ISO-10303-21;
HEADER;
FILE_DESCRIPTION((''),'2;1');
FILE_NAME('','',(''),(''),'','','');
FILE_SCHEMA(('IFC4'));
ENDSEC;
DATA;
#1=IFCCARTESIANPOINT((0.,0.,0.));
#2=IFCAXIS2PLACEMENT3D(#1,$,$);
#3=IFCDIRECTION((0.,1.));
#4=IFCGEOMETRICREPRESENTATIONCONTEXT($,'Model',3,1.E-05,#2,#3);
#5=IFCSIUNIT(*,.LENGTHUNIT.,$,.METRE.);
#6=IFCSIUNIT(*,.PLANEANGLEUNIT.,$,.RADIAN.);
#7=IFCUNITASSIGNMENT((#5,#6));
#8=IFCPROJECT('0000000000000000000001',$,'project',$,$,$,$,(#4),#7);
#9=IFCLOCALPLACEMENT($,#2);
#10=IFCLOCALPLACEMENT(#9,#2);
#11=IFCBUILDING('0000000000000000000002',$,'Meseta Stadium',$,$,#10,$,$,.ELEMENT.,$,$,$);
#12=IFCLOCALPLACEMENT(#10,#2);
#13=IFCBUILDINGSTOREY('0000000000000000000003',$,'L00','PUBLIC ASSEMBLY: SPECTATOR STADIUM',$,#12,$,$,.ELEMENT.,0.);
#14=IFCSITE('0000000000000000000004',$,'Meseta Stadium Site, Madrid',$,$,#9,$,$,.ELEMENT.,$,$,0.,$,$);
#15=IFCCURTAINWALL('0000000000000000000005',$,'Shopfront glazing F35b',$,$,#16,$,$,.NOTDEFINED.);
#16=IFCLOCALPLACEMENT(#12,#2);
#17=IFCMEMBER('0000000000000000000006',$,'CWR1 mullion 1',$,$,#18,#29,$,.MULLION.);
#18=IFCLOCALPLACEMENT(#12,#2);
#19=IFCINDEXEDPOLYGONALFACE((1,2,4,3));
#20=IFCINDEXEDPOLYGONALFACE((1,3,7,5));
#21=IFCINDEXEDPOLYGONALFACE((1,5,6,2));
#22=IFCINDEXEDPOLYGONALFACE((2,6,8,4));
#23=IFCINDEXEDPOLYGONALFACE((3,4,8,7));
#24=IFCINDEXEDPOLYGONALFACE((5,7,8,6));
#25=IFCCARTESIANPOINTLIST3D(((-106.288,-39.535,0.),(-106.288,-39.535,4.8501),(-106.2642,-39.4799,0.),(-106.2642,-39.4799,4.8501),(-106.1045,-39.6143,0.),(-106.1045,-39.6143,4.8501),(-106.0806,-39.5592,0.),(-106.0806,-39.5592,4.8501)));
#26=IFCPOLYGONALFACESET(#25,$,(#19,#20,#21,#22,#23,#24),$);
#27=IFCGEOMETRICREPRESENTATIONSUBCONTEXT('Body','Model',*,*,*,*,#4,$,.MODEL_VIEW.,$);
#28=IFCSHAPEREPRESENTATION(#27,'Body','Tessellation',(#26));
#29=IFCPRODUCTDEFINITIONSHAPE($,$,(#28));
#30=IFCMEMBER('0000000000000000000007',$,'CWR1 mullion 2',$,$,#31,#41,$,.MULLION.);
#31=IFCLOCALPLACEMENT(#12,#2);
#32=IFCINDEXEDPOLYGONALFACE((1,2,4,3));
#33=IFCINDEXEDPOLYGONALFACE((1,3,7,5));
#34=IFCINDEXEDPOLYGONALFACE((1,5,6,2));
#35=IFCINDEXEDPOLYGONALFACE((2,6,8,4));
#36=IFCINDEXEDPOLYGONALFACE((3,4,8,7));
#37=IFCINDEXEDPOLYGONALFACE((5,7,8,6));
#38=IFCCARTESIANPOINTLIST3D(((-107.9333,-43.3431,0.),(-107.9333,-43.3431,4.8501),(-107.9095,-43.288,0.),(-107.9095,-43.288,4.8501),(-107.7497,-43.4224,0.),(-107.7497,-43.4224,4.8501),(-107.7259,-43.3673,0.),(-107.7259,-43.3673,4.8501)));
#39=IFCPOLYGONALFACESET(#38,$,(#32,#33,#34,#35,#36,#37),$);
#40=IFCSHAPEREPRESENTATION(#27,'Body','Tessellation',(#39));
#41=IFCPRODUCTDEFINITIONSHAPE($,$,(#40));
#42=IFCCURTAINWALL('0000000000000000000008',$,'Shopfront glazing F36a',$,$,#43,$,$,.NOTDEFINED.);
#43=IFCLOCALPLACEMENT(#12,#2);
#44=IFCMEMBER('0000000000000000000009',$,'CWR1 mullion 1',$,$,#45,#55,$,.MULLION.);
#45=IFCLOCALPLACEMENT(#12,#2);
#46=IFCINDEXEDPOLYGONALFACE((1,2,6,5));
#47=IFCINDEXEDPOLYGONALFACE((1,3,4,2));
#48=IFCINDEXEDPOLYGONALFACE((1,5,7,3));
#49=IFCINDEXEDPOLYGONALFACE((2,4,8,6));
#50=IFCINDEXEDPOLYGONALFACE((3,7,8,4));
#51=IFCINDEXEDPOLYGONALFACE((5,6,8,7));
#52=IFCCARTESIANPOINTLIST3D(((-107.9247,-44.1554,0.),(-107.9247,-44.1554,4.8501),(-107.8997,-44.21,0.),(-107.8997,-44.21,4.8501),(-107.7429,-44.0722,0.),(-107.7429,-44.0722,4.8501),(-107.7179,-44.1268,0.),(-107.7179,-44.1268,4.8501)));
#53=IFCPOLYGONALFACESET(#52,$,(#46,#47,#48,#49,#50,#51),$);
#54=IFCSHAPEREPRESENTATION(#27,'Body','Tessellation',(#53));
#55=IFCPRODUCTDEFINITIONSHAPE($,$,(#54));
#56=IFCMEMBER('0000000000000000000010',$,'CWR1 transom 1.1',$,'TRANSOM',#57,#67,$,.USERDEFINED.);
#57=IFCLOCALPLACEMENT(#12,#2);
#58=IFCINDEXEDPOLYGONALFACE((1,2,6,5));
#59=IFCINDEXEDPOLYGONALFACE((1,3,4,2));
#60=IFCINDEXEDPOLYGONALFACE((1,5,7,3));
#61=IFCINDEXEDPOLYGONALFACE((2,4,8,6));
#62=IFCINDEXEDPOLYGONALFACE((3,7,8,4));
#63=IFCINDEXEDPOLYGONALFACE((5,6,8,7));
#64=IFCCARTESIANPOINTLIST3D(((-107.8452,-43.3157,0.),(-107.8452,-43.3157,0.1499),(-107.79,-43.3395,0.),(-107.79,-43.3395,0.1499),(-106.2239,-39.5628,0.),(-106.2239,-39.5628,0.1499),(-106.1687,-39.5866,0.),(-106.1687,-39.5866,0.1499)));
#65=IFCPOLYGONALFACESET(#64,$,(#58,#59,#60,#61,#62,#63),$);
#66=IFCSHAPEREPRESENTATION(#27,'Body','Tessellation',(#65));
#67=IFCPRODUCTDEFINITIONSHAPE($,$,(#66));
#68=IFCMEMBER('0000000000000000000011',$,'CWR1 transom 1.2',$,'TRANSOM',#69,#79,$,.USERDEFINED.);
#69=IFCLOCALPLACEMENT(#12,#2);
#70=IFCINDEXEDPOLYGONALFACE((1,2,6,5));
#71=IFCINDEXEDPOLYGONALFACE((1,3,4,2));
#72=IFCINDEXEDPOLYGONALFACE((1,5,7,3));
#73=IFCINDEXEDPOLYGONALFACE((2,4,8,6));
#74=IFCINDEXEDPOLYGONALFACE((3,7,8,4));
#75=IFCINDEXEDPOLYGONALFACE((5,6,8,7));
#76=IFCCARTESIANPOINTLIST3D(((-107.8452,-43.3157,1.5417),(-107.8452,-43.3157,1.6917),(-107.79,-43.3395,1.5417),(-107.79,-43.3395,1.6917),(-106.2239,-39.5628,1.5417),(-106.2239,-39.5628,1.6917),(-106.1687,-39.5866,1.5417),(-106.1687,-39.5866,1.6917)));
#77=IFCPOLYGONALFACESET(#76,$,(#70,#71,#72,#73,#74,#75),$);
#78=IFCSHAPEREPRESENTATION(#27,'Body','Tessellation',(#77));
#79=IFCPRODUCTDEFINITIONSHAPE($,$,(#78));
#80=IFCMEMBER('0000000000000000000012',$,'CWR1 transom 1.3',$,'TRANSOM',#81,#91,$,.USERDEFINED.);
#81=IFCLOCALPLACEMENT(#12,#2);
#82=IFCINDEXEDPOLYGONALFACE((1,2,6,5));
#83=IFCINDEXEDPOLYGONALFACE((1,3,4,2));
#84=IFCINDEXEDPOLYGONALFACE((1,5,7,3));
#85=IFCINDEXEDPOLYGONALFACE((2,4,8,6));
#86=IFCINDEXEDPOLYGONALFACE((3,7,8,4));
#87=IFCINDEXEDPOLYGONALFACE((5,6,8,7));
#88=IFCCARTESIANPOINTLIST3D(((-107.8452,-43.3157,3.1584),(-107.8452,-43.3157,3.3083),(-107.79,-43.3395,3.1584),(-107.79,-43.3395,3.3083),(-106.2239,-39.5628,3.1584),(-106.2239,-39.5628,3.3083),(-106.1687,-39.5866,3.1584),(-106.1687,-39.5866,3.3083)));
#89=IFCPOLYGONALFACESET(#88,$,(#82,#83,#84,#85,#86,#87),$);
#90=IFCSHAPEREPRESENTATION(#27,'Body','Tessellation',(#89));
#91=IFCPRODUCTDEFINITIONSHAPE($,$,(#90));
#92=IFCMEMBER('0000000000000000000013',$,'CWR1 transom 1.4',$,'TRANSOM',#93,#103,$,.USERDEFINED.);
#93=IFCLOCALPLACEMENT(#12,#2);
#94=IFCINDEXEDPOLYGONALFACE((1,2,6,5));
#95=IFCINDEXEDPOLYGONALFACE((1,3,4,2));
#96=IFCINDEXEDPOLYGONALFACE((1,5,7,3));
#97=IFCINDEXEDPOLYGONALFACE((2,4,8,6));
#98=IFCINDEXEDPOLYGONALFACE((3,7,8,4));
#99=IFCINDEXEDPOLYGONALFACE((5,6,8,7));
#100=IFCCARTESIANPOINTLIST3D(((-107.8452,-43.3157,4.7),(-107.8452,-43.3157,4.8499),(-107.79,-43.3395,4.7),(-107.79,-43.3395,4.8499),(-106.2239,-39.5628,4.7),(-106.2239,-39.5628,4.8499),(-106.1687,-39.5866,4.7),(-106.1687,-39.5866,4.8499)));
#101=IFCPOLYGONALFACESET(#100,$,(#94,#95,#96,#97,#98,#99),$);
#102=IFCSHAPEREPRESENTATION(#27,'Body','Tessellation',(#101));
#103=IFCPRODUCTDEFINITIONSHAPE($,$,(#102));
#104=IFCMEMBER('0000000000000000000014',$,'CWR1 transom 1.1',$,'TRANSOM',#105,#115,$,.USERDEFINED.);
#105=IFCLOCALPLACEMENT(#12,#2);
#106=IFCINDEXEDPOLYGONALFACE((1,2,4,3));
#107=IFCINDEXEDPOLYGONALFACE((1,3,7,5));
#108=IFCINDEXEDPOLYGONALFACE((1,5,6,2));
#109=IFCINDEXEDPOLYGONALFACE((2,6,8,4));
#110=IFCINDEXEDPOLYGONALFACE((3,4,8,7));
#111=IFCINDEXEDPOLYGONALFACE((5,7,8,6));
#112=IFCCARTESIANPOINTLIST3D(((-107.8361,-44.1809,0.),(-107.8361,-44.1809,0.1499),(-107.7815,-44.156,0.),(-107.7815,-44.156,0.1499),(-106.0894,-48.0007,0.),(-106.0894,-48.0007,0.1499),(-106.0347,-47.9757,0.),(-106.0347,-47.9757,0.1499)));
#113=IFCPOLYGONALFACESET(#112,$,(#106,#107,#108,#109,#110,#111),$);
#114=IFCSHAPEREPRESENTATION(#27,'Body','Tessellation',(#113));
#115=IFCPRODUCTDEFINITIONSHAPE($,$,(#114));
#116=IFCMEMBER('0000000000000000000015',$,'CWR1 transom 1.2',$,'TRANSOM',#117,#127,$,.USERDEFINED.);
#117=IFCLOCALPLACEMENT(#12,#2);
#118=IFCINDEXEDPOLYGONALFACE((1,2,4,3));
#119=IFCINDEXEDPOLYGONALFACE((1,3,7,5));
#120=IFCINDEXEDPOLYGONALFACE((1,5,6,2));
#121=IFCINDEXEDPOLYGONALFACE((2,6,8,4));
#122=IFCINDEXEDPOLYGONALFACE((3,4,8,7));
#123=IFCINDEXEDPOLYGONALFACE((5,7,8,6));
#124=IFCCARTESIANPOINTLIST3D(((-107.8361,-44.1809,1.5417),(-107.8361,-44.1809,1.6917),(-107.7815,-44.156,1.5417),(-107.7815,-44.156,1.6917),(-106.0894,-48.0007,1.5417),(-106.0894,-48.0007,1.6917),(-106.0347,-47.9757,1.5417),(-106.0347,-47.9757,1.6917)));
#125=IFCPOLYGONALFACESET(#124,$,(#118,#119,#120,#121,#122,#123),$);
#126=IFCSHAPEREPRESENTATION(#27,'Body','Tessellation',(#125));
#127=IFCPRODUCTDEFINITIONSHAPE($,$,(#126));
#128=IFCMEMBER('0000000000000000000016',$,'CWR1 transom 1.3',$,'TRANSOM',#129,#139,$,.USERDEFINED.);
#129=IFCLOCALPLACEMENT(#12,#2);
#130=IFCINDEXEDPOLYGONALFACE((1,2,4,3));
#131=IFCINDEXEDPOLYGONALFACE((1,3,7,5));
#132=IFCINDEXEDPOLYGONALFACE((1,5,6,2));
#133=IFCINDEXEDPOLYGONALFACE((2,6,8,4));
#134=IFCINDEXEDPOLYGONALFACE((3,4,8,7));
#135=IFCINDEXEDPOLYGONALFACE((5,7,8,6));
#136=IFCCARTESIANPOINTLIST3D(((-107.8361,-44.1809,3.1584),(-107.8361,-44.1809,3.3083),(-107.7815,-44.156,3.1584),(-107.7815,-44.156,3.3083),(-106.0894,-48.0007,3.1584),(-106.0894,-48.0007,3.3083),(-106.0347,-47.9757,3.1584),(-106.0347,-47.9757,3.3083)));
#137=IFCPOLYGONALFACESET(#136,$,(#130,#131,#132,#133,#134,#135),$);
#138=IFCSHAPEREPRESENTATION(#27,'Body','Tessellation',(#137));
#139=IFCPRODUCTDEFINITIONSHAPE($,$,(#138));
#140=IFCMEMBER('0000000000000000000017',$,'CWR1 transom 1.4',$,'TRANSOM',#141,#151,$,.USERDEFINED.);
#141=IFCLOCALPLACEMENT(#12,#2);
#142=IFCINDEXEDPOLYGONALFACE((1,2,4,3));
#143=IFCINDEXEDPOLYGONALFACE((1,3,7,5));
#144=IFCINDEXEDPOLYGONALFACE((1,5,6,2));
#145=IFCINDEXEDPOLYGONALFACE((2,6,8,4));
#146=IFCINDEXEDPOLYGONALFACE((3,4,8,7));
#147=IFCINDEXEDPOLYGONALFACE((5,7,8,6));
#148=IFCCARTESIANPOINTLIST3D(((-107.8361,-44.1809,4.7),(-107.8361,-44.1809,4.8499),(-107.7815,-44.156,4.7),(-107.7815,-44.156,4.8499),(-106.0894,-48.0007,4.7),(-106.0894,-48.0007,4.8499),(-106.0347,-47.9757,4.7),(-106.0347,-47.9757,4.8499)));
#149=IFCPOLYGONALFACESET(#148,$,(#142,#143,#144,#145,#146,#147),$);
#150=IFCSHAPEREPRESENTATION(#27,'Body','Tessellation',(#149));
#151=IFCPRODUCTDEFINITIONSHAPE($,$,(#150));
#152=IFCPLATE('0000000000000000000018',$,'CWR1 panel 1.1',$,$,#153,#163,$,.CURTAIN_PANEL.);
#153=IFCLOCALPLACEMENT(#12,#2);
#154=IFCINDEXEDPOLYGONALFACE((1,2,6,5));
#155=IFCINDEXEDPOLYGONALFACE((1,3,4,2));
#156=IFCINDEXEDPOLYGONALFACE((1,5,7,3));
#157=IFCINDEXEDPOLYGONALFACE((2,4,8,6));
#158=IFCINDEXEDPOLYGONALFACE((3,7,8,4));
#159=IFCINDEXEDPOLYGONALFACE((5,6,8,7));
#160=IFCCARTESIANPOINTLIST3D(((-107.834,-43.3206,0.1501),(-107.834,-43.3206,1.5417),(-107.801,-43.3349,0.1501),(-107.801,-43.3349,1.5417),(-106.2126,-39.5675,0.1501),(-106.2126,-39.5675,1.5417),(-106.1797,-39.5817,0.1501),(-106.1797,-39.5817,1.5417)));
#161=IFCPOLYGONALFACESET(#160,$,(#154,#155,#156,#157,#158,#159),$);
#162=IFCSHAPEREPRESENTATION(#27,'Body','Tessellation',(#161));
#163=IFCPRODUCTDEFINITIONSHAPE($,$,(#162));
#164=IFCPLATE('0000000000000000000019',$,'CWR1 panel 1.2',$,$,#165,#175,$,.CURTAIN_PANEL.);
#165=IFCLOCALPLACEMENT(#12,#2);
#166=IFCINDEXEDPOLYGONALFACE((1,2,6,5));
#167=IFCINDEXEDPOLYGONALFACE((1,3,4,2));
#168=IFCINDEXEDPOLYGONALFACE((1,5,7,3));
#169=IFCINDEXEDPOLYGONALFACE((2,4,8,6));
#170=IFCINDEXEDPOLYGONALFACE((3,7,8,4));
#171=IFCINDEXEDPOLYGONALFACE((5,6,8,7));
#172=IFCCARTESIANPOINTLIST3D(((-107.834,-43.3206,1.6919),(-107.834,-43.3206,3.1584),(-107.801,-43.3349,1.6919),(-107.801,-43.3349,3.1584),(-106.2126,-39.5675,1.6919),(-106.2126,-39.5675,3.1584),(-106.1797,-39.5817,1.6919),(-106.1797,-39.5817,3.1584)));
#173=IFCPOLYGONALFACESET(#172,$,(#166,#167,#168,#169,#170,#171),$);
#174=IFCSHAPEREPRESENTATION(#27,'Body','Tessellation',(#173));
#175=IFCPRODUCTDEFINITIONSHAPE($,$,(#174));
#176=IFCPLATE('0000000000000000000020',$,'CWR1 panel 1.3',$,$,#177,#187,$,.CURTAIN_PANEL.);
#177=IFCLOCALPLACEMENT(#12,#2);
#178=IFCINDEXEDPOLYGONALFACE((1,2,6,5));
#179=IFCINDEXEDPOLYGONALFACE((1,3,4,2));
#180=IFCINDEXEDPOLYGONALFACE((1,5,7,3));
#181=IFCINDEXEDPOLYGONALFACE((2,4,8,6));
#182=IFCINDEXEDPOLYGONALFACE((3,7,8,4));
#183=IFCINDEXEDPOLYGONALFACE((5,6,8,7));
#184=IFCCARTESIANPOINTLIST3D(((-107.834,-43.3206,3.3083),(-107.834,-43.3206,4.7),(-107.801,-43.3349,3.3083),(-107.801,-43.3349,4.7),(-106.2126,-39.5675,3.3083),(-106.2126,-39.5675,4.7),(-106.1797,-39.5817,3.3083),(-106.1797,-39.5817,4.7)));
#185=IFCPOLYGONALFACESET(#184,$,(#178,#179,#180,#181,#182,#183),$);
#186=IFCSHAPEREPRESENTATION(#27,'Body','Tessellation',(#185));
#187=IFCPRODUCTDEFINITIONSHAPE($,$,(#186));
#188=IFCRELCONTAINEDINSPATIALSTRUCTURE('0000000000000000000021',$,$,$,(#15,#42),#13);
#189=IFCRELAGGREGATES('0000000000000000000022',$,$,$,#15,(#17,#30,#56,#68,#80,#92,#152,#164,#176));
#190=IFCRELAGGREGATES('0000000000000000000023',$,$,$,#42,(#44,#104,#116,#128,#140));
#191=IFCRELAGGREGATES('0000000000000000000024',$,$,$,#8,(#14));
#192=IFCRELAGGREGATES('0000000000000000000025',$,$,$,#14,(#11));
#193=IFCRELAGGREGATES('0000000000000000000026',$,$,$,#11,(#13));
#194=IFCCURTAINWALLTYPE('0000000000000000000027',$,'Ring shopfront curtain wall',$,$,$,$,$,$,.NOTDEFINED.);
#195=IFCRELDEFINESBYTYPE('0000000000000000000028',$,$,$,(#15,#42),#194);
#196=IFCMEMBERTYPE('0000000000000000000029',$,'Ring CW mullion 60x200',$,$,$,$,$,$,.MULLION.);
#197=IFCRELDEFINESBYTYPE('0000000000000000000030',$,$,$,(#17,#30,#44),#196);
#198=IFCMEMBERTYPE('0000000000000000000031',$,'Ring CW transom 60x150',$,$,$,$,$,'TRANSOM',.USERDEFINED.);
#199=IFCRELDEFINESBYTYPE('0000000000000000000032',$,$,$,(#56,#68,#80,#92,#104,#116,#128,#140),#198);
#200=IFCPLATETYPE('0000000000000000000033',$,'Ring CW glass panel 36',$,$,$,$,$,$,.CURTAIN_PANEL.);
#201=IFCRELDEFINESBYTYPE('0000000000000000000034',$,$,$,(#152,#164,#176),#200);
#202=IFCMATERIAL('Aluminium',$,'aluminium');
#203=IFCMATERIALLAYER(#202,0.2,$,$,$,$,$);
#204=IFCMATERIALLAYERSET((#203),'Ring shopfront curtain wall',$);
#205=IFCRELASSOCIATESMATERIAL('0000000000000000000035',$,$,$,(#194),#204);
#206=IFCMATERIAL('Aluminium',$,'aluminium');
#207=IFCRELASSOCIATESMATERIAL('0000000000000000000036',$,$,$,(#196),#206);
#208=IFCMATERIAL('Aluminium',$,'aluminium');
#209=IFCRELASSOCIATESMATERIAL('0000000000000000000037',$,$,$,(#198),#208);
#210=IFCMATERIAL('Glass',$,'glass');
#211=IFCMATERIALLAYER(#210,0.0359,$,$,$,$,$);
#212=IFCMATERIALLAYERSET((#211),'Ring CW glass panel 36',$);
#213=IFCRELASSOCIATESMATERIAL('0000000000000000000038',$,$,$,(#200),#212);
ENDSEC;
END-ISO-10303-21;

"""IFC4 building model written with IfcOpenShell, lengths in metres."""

from ifc_helpers import new_model, si_unit, direction, frame, origin, origin_2d, place, context, subcontext, project, spatial, rectangle, extrude, material, layer, layer_set, material_profile, profile_set, type_object, element, aggregate, save


model = new_model("IFC4")

# Units and contexts
model_context = context("Model", 3, precision=1e-05, world=origin(), true_north=direction((0.0, 1.0)))
body_context = subcontext(model_context, "Body", "Model", "MODEL_VIEW")
ifc_project = project(units=[si_unit("LENGTHUNIT", "METRE"), si_unit("PLANEANGLEUNIT", "RADIAN")], contexts=[model_context])

# Site, building, storey
site_placement = place(None, origin())
site = spatial("IfcSite", under=ifc_project, at=site_placement, Name="Meseta Stadium Site, Madrid", CompositionType="ELEMENT", RefElevation=0.0)
building_placement = place(site_placement, origin())
building = spatial("IfcBuilding", under=site, at=building_placement, Name="Meseta Stadium", CompositionType="ELEMENT")
storey_placement = place(building_placement, origin())
storey = spatial("IfcBuildingStorey", under=building, at=storey_placement, Name="L00", Description="PUBLIC ASSEMBLY: SPECTATOR STADIUM", CompositionType="ELEMENT", Elevation=0.0)

# Curtain wall, members
ifc_material_1 = material(Name="Aluminium", Category="aluminium")
ifc_layer_1 = layer(ifc_material_1, 0.2)
ifc_layer_set_1 = layer_set([ifc_layer_1], Name="Ring shopfront curtain wall")
curtain_wall_type = type_object("IfcCurtainWallType", Name="Ring shopfront curtain wall", PredefinedType="NOTDEFINED", material=ifc_layer_set_1)
curtain_wall_1_placement = place(storey_placement, origin())
curtain_wall_1 = element("IfcCurtainWall", 1, at=curtain_wall_1_placement, inside=storey, type_object=curtain_wall_type, Name="Shopfront glazing F35b", PredefinedType="NOTDEFINED")
ifc_material_2 = material(Name="Aluminium", Category="aluminium")
ifc_material_profile_1 = material_profile(ifc_material_2, rectangle(XDim=0.2, YDim=0.0601, at=origin_2d()), Name="CW 200x60")
ifc_profile_set_1 = profile_set([ifc_material_profile_1], Name="Aluminium")
member_type_1 = type_object("IfcMemberType", Name="Ring CW mullion 60x200", PredefinedType="MULLION", material=ifc_profile_set_1)
member_1_placement = place(storey_placement, frame((-106.1843, -39.5471, 0.0), z_axis=(0.0, 0.0, 1.0), x_axis=(0.918002, -0.396576, 0.0)))
member_1 = element("IfcMember", 2, at=member_1_placement, type_object=member_type_1, Name="CWR1 mullion 1", PredefinedType="MULLION", context=body_context, shape_type="SweptSolid", body=[
    extrude(rectangle(XDim=0.2, YDim=0.0601, at=origin_2d()), origin(), (0.0, 0.0, 1.0), 4.8501),
])
member_2_placement = place(storey_placement, frame((-107.8296, -43.3552, 0.0), z_axis=(0.0, 0.0, 1.0), x_axis=(0.918002, -0.396576, 0.0)))
member_2 = element("IfcMember", 3, at=member_2_placement, type_object=member_type_1, Name="CWR1 mullion 2", PredefinedType="MULLION", context=body_context, shape_type="SweptSolid", body=[
    extrude(rectangle(XDim=0.2, YDim=0.0601, at=origin_2d()), origin(), (0.0, 0.0, 1.0), 4.8501),
])

# Curtain wall, member
curtain_wall_2_placement = place(storey_placement, origin())
curtain_wall_2 = element("IfcCurtainWall", 4, at=curtain_wall_2_placement, inside=storey, type_object=curtain_wall_type, Name="Shopfront glazing F36a", PredefinedType="NOTDEFINED")
member_3_placement = place(storey_placement, frame((-107.8213, -44.1411, 0.0), z_axis=(0.0, 0.0, 1.0), x_axis=(0.909427, 0.415863, 0.0)))
member_3 = element("IfcMember", 5, at=member_3_placement, type_object=member_type_1, Name="CWR1 mullion 1", PredefinedType="MULLION", context=body_context, shape_type="SweptSolid", body=[
    extrude(rectangle(XDim=0.2, YDim=0.0601, at=origin_2d()), origin(), (0.0, 0.0, 1.0), 4.8501),
])

# Members
ifc_material_3 = material(Name="Aluminium", Category="aluminium")
ifc_material_profile_2 = material_profile(ifc_material_3, rectangle(XDim=0.0601, YDim=0.1499, at=origin_2d()), Name="CW 60x150")
ifc_profile_set_2 = profile_set([ifc_material_profile_2], Name="Aluminium")
member_type_2 = type_object("IfcMemberType", Name="Ring CW transom 60x150", ElementType="TRANSOM", PredefinedType="USERDEFINED", material=ifc_profile_set_2)
member_4_placement = place(storey_placement, frame((-106.1963, -39.5747, 0.075), z_axis=(-0.396592, -0.917995, 0.0), x_axis=(0.917995, -0.396592, 0.0)))
member_4 = element("IfcMember", 6, at=member_4_placement, type_object=member_type_2, Name="CWR1 transom 1.1", ObjectType="TRANSOM", PredefinedType="USERDEFINED", context=body_context, shape_type="SweptSolid", body=[
    extrude(rectangle(XDim=0.0601, YDim=0.1499, at=origin_2d()), origin(), (0.0, 0.0, 1.0), 4.0881),
])
member_5_placement = place(storey_placement, frame((-106.1963, -39.5747, 1.6167), z_axis=(-0.396592, -0.917995, 0.0), x_axis=(0.917995, -0.396592, 0.0)))
member_5 = element("IfcMember", 7, at=member_5_placement, type_object=member_type_2, Name="CWR1 transom 1.2", ObjectType="TRANSOM", PredefinedType="USERDEFINED", context=body_context, shape_type="SweptSolid", body=[
    extrude(rectangle(XDim=0.0601, YDim=0.1499, at=origin_2d()), origin(), (0.0, 0.0, 1.0), 4.0881),
])
member_6_placement = place(storey_placement, frame((-106.1963, -39.5747, 3.2334), z_axis=(-0.396592, -0.917995, 0.0), x_axis=(0.917995, -0.396592, 0.0)))
member_6 = element("IfcMember", 8, at=member_6_placement, type_object=member_type_2, Name="CWR1 transom 1.3", ObjectType="TRANSOM", PredefinedType="USERDEFINED", context=body_context, shape_type="SweptSolid", body=[
    extrude(rectangle(XDim=0.0601, YDim=0.1499, at=origin_2d()), origin(), (0.0, 0.0, 1.0), 4.0881),
])
member_7_placement = place(storey_placement, frame((-106.1963, -39.5747, 4.7749), z_axis=(-0.396592, -0.917995, 0.0), x_axis=(0.917995, -0.396592, 0.0)))
member_7 = element("IfcMember", 9, at=member_7_placement, type_object=member_type_2, Name="CWR1 transom 1.4", ObjectType="TRANSOM", PredefinedType="USERDEFINED", context=body_context, shape_type="SweptSolid", body=[
    extrude(rectangle(XDim=0.0601, YDim=0.1499, at=origin_2d()), origin(), (0.0, 0.0, 1.0), 4.0881),
])
member_8_placement = place(storey_placement, frame((-107.8088, -44.1685, 0.075), z_axis=(0.415882, -0.909419, 0.0), x_axis=(0.909419, 0.415882, 0.0)))
member_8 = element("IfcMember", 10, at=member_8_placement, type_object=member_type_2, Name="CWR1 transom 1.1", ObjectType="TRANSOM", PredefinedType="USERDEFINED", context=body_context, shape_type="SweptSolid", body=[
    extrude(rectangle(XDim=0.0601, YDim=0.1499, at=origin_2d()), origin(), (0.0, 0.0, 1.0), 4.2002),
])
member_9_placement = place(storey_placement, frame((-107.8088, -44.1685, 1.6167), z_axis=(0.415882, -0.909419, 0.0), x_axis=(0.909419, 0.415882, 0.0)))
member_9 = element("IfcMember", 11, at=member_9_placement, type_object=member_type_2, Name="CWR1 transom 1.2", ObjectType="TRANSOM", PredefinedType="USERDEFINED", context=body_context, shape_type="SweptSolid", body=[
    extrude(rectangle(XDim=0.0601, YDim=0.1499, at=origin_2d()), origin(), (0.0, 0.0, 1.0), 4.2002),
])
member_10_placement = place(storey_placement, frame((-107.8088, -44.1685, 3.2334), z_axis=(0.415882, -0.909419, 0.0), x_axis=(0.909419, 0.415882, 0.0)))
member_10 = element("IfcMember", 12, at=member_10_placement, type_object=member_type_2, Name="CWR1 transom 1.3", ObjectType="TRANSOM", PredefinedType="USERDEFINED", context=body_context, shape_type="SweptSolid", body=[
    extrude(rectangle(XDim=0.0601, YDim=0.1499, at=origin_2d()), origin(), (0.0, 0.0, 1.0), 4.2002),
])
member_11_placement = place(storey_placement, frame((-107.8088, -44.1685, 4.7749), z_axis=(0.415882, -0.909419, 0.0), x_axis=(0.909419, 0.415882, 0.0)))
member_11 = element("IfcMember", 13, at=member_11_placement, type_object=member_type_2, Name="CWR1 transom 1.4", ObjectType="TRANSOM", PredefinedType="USERDEFINED", context=body_context, shape_type="SweptSolid", body=[
    extrude(rectangle(XDim=0.0601, YDim=0.1499, at=origin_2d()), origin(), (0.0, 0.0, 1.0), 4.2002),
])

# Plates
ifc_material_4 = material(Name="Glass", Category="glass")
ifc_layer_2 = layer(ifc_material_4, 0.0359)
ifc_layer_set_2 = layer_set([ifc_layer_2], Name="Ring CW glass panel 36")
plate_type = type_object("IfcPlateType", Name="Ring CW glass panel 36", PredefinedType="CURTAIN_PANEL", material=ifc_layer_set_2)
plate_1_placement = place(storey_placement, frame((-107.0068, -41.4512, 0.1501), z_axis=(0.0, 0.0, 1.0), x_axis=(-0.396576, -0.918002, 0.0)))
plate_1 = element("IfcPlate", 14, at=plate_1_placement, type_object=plate_type, Name="CWR1 panel 1.1", PredefinedType="CURTAIN_PANEL", context=body_context, shape_type="SweptSolid", body=[
    extrude(rectangle(XDim=4.0884, YDim=0.0359, at=origin_2d()), origin(), (0.0, 0.0, 1.0), 1.3916),
])
plate_2_placement = place(storey_placement, frame((-107.0068, -41.4512, 1.6919), z_axis=(0.0, 0.0, 1.0), x_axis=(-0.396576, -0.918002, 0.0)))
plate_2 = element("IfcPlate", 15, at=plate_2_placement, type_object=plate_type, Name="CWR1 panel 1.2", PredefinedType="CURTAIN_PANEL", context=body_context, shape_type="SweptSolid", body=[
    extrude(rectangle(XDim=4.0884, YDim=0.0359, at=origin_2d()), origin(), (0.0, 0.0, 1.0), 1.4666),
])
plate_3_placement = place(storey_placement, frame((-107.0068, -41.4512, 3.3083), z_axis=(0.0, 0.0, 1.0), x_axis=(-0.396576, -0.918002, 0.0)))
plate_3 = element("IfcPlate", 16, at=plate_3_placement, type_object=plate_type, Name="CWR1 panel 1.3", PredefinedType="CURTAIN_PANEL", context=body_context, shape_type="SweptSolid", body=[
    extrude(rectangle(XDim=4.0884, YDim=0.0359, at=origin_2d()), origin(), (0.0, 0.0, 1.0), 1.3916),
])
aggregate(curtain_wall_1, [member_1, member_2, member_4, member_5, member_6, member_7, plate_1, plate_2, plate_3])
aggregate(curtain_wall_2, [member_3, member_8, member_9, member_10, member_11])

save(model, "model.ifc")
